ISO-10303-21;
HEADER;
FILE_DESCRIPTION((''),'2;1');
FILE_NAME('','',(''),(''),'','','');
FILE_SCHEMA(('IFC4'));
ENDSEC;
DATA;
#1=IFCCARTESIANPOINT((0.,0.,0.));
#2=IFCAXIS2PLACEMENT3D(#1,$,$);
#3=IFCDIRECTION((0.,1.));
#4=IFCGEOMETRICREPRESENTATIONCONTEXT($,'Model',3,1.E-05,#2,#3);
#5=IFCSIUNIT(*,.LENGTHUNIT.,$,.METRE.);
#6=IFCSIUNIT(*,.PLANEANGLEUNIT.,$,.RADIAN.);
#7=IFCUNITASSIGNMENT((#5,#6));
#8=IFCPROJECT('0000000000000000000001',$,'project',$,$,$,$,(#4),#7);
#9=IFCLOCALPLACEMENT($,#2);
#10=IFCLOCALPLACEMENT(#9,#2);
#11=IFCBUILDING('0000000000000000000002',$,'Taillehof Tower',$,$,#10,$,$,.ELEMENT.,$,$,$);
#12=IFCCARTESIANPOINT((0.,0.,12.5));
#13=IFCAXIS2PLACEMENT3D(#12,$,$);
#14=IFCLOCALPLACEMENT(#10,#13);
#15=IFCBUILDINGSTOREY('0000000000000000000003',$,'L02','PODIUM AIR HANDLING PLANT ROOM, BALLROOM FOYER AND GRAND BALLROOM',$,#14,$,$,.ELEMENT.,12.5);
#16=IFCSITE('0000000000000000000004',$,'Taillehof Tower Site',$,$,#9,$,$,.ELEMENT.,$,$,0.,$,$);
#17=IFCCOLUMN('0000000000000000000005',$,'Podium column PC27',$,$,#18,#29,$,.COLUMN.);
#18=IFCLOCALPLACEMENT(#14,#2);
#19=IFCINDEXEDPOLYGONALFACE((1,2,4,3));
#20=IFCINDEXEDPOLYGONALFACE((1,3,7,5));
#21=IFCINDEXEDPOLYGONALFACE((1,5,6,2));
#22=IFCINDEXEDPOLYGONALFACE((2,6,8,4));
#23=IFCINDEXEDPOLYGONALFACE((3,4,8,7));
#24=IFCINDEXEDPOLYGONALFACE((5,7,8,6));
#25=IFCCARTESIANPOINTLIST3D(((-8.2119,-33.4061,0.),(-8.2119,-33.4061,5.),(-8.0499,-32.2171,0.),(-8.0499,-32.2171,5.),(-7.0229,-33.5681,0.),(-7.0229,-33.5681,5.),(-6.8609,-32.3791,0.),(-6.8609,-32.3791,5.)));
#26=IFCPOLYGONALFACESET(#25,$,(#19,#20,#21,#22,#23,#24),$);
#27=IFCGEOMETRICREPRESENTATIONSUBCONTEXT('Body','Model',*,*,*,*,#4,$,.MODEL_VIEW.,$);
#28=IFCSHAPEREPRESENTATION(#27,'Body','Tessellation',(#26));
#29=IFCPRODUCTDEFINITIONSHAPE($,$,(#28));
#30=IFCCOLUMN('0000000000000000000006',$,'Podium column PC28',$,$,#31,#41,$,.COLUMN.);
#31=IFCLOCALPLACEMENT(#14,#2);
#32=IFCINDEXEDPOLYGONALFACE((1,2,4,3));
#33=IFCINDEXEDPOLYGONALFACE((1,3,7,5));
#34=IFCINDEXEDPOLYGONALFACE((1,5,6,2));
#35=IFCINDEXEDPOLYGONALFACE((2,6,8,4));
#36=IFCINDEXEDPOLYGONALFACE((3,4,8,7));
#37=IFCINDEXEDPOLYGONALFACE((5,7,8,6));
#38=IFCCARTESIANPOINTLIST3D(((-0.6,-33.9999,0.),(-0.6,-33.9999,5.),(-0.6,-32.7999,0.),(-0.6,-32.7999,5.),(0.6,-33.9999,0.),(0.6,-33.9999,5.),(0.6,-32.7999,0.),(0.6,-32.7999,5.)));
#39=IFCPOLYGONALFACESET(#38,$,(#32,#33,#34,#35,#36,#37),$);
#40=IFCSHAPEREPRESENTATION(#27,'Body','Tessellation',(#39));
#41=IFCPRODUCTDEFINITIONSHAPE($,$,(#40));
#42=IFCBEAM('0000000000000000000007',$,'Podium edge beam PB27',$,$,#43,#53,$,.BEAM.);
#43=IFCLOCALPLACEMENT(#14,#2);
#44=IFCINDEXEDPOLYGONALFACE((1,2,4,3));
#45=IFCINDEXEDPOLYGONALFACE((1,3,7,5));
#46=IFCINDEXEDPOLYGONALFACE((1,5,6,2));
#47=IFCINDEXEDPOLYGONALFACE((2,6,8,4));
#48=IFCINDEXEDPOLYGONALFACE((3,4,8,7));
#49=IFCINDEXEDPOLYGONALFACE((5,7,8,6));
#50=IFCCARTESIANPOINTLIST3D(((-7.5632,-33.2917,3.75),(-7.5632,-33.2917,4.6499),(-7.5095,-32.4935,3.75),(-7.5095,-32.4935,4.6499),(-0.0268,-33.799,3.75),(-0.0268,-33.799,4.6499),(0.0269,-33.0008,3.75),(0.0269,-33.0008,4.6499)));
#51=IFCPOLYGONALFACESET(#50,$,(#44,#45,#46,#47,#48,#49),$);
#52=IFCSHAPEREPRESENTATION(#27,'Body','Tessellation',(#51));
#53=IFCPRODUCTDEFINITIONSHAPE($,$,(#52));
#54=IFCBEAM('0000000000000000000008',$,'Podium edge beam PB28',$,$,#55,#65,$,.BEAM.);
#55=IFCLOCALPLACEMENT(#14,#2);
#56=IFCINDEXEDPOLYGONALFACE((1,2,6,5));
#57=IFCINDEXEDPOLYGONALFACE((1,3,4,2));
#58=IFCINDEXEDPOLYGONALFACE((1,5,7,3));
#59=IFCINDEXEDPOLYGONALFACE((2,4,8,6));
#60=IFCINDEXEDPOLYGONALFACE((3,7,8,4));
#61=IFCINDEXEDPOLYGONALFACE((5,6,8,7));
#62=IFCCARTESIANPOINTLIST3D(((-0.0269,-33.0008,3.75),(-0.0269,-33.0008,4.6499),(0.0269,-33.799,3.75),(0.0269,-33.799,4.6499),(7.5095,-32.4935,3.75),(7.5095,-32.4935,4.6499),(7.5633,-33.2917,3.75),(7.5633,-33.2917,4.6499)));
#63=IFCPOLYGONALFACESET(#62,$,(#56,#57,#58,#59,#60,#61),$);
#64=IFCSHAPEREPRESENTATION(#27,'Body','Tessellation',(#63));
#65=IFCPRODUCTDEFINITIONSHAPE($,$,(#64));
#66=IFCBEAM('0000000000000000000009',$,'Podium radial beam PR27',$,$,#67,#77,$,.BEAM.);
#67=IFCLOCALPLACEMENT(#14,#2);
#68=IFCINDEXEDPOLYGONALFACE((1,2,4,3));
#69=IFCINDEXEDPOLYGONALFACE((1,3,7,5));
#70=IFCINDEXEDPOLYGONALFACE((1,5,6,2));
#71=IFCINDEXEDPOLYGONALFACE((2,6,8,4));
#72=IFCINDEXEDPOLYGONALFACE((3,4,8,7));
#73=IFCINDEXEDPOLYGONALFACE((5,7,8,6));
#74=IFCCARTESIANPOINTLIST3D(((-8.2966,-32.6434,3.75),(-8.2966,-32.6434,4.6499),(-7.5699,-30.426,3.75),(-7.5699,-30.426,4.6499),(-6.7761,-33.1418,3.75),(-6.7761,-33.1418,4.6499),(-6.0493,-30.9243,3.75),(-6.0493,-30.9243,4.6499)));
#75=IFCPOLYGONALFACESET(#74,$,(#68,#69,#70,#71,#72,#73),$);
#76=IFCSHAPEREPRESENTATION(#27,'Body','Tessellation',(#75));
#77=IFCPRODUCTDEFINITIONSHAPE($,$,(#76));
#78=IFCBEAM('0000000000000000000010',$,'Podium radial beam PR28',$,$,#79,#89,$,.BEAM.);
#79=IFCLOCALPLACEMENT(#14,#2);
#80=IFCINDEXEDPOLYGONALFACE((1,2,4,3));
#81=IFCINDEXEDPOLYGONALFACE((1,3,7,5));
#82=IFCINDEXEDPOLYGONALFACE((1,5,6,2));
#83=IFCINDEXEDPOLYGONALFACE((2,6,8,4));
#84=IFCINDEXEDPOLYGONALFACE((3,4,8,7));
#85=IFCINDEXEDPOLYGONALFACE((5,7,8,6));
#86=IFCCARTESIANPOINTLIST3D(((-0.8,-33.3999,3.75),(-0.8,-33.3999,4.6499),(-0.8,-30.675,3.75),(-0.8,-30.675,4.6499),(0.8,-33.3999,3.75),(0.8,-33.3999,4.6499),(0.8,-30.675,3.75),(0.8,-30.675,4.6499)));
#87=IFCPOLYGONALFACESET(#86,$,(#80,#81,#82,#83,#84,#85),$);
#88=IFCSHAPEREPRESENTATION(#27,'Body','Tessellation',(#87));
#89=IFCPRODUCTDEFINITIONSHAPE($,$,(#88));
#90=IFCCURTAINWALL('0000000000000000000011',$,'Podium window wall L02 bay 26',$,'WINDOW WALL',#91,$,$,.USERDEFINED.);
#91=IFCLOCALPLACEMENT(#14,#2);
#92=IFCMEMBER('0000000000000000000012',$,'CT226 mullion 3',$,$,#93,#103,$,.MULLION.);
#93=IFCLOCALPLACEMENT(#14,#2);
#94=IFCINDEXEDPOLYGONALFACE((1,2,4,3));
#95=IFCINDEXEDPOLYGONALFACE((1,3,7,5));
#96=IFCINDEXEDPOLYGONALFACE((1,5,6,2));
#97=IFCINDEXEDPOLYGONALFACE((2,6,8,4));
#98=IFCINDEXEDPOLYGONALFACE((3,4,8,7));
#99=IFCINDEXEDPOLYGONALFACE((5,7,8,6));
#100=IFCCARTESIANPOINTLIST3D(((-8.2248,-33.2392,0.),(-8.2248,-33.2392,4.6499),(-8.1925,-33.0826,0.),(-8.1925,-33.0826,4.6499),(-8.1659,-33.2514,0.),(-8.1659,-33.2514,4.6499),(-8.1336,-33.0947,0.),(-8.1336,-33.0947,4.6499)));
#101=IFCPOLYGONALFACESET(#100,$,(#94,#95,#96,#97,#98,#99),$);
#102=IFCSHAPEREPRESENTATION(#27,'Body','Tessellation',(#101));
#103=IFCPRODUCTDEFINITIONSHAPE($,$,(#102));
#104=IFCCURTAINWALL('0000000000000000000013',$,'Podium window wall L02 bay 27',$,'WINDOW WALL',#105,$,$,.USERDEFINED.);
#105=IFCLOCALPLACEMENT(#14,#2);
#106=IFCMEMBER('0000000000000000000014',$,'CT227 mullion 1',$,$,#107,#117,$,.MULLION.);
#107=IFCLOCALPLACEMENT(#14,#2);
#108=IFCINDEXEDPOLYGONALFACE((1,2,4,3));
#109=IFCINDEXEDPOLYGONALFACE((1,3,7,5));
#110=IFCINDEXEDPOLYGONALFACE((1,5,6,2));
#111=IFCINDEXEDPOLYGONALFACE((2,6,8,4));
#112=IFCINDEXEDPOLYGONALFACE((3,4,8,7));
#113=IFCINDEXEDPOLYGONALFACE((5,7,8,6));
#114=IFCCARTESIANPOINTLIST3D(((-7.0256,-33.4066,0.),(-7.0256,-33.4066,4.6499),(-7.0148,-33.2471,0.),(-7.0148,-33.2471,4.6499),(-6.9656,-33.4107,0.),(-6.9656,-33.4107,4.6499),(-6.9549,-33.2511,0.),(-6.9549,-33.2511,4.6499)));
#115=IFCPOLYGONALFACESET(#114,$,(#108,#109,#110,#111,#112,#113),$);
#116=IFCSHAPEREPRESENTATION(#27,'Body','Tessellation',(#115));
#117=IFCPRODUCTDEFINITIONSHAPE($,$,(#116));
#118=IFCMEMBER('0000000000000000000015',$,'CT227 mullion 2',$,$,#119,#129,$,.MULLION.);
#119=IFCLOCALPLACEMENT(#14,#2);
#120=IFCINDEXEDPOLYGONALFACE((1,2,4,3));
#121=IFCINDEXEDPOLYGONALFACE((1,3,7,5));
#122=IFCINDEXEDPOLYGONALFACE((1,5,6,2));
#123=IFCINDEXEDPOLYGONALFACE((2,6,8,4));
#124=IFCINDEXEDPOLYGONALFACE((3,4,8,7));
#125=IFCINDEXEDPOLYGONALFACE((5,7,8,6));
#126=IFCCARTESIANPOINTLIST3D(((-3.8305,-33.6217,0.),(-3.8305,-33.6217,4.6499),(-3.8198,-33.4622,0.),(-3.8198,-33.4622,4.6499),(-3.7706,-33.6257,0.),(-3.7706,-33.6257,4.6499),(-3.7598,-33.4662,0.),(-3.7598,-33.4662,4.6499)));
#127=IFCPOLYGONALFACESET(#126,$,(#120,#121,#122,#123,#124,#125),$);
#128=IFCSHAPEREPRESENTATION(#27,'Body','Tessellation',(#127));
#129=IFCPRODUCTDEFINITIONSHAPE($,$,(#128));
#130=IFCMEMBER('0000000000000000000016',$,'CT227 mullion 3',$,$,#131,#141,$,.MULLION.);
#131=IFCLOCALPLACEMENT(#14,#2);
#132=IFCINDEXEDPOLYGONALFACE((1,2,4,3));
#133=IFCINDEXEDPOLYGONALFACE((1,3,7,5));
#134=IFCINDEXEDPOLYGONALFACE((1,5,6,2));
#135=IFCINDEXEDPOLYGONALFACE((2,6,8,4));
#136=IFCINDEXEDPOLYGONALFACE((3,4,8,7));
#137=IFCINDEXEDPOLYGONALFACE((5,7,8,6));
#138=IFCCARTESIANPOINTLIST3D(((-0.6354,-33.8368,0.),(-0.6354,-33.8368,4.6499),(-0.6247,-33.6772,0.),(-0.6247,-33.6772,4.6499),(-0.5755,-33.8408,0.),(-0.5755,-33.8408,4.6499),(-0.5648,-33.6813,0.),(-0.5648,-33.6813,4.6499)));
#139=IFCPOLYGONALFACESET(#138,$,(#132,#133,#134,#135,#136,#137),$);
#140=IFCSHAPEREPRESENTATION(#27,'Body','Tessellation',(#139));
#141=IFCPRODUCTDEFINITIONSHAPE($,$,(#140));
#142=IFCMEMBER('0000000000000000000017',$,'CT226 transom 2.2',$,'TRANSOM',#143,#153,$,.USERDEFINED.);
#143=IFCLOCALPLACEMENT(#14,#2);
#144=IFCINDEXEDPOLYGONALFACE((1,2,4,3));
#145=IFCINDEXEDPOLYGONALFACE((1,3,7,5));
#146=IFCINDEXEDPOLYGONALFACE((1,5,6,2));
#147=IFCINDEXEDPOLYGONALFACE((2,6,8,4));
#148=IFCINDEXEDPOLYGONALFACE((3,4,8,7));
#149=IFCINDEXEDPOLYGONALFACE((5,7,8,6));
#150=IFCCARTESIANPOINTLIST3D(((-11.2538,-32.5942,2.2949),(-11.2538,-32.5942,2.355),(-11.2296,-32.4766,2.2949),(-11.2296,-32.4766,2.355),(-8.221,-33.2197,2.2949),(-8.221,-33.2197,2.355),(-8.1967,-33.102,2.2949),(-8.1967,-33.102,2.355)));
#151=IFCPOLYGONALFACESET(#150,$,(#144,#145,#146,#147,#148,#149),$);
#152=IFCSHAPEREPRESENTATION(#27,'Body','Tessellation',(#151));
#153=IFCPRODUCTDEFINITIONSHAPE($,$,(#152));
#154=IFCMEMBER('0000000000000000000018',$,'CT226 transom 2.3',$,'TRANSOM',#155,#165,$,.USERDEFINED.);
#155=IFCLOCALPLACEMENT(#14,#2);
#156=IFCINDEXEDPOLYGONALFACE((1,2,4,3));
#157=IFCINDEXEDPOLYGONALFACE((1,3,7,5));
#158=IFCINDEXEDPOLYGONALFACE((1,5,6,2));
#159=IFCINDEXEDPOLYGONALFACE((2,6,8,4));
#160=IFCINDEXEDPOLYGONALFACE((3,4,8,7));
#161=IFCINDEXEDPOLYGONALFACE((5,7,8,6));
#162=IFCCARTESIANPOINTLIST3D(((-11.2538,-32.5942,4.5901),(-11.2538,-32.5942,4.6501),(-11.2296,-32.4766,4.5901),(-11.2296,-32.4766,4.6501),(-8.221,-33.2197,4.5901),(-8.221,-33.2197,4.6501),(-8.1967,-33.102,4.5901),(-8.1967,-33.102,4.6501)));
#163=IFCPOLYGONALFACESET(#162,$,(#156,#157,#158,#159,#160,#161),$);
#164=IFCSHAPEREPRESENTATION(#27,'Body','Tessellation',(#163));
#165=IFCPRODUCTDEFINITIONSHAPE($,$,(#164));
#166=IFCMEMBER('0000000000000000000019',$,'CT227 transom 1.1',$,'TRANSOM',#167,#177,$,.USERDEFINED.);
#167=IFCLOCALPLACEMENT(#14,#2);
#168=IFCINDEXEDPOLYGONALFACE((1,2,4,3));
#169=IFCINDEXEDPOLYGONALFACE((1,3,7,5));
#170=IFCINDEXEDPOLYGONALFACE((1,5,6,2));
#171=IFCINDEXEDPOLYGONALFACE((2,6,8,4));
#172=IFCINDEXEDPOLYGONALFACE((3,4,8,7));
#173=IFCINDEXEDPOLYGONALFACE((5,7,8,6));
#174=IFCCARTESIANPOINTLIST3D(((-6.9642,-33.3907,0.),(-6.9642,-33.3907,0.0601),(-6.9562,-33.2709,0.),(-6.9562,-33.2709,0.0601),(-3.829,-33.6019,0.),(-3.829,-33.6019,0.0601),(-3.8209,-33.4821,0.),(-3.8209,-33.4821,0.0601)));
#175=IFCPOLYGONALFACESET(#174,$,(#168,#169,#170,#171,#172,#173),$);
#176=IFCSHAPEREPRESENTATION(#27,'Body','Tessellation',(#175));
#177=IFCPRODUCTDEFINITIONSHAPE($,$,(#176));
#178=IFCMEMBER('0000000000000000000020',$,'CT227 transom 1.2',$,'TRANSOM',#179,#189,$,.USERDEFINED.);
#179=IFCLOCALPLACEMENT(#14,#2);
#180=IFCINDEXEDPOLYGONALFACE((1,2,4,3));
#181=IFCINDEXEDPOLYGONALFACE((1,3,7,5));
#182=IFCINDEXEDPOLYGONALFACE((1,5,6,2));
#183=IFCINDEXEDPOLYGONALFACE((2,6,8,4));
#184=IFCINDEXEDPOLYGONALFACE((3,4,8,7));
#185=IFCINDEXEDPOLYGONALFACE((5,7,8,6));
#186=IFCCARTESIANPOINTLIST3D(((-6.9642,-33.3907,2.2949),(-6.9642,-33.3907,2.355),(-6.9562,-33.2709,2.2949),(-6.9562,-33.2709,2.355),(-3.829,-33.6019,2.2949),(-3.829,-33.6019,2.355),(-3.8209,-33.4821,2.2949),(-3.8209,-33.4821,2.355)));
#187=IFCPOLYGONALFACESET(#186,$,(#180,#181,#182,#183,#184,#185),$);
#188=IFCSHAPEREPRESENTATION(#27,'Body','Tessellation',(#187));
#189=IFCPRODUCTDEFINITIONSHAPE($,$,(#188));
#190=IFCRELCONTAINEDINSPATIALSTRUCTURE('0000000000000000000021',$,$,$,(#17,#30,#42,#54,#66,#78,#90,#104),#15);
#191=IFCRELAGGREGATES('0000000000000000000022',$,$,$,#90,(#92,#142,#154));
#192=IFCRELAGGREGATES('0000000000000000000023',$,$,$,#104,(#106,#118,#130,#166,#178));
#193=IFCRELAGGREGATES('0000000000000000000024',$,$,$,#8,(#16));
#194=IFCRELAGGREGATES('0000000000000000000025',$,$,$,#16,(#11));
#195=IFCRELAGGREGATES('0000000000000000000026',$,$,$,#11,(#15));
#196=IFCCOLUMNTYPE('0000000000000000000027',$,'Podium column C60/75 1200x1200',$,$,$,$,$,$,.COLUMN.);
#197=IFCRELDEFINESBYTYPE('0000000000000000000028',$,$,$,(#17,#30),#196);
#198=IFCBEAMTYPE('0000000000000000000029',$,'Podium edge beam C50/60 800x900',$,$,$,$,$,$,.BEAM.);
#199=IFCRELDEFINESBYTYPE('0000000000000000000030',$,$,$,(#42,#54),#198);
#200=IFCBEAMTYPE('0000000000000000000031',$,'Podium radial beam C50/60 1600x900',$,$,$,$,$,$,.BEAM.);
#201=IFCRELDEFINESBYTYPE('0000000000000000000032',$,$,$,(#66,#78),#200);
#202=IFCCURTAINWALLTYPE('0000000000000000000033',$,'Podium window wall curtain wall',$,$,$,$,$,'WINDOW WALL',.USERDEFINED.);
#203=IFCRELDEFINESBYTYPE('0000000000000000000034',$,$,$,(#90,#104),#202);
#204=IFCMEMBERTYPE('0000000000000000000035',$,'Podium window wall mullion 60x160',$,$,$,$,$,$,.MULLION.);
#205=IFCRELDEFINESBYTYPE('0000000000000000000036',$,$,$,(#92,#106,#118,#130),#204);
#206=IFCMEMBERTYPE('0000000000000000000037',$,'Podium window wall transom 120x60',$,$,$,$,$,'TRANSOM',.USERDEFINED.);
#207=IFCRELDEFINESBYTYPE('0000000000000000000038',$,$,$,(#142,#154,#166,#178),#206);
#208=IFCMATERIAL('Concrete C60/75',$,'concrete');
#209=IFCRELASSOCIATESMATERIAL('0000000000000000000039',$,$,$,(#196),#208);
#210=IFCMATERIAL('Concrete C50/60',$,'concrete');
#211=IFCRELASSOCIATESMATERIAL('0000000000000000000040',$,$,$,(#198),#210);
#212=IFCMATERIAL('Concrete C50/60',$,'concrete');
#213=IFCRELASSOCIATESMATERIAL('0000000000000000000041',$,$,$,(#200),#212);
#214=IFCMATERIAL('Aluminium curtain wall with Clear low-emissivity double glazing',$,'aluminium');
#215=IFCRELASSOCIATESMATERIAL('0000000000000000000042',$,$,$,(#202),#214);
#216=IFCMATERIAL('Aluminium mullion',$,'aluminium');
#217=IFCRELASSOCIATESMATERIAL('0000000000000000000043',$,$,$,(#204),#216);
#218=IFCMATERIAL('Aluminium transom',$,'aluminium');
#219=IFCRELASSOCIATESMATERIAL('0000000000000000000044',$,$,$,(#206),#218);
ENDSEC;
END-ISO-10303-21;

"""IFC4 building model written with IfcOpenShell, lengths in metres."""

from ifc_helpers import new_model, si_unit, direction, frame, origin, origin_2d, place, context, subcontext, project, spatial, rectangle, extrude, material, material_profile, profile_set, type_object, element, aggregate, save


model = new_model("IFC4")

# Units and contexts
model_context = context("Model", 3, precision=1e-05, world=origin(), true_north=direction((0.0, 1.0)))
body_context = subcontext(model_context, "Body", "Model", "MODEL_VIEW")
ifc_project = project(units=[si_unit("LENGTHUNIT", "METRE"), si_unit("PLANEANGLEUNIT", "RADIAN")], contexts=[model_context])

# Site, building, storey
site_placement = place(None, origin())
site = spatial("IfcSite", under=ifc_project, at=site_placement, Name="Taillehof Tower Site", CompositionType="ELEMENT", RefElevation=0.0)
building_placement = place(site_placement, origin())
building = spatial("IfcBuilding", under=site, at=building_placement, Name="Taillehof Tower", CompositionType="ELEMENT")
storey_placement = place(building_placement, frame((0.0, 0.0, 12.5)))
storey = spatial("IfcBuildingStorey", under=building, at=storey_placement, Name="L02", Description="PODIUM AIR HANDLING PLANT ROOM, BALLROOM FOYER AND GRAND BALLROOM", CompositionType="ELEMENT", Elevation=12.5)

# Columns
ifc_material_1 = material(Name="Concrete C60/75", Category="concrete")
ifc_material_profile_1 = material_profile(ifc_material_1, rectangle(XDim=1.2, YDim=1.2, at=origin_2d()), Name="RC 1200x1200")
ifc_profile_set_1 = profile_set([ifc_material_profile_1], Name="Concrete C60/75")
column_type = type_object("IfcColumnType", Name="Podium column C60/75 1200x1200", PredefinedType="COLUMN", material=ifc_profile_set_1)
for number, where, z_axis, x_axis, name in (
    (1, (-7.5364, -32.8926, 0.0), (0.0, 0.0, 1.0), (-0.135005, -0.990845, 0.0), "Podium column PC27"),
    (2, (0.0, -33.3999, 0.0), (0.0, 0.0, 1.0), (0.0, -1.0, 0.0), "Podium column PC28"),
):
    element("IfcColumn", number, at=place(storey_placement, frame(where, z_axis=z_axis, x_axis=x_axis)), inside=storey, type_object=column_type, Name=name, PredefinedType="COLUMN", context=body_context, shape_type="SweptSolid", body=[
        extrude(rectangle(XDim=1.2, YDim=1.2, at=origin_2d()), origin(), (0.0, 0.0, 1.0), 5.0),
    ])

# Beams
ifc_material_2 = material(Name="Concrete C50/60", Category="concrete")
ifc_material_profile_2 = material_profile(ifc_material_2, rectangle(XDim=0.8, YDim=0.8999, at=origin_2d()), Name="RC 800x900")
ifc_profile_set_2 = profile_set([ifc_material_profile_2], Name="Concrete C50/60")
beam_type_1 = type_object("IfcBeamType", Name="Podium edge beam C50/60 800x900", PredefinedType="BEAM", material=ifc_profile_set_2)
for number, where, z_axis, x_axis, name in (
    (3, (-7.5364, -32.8926, 4.2), (0.997742, -0.067165, 0.0), (0.067165, 0.997742, 0.0), "Podium edge beam PB27"),
    (4, (0.0, -33.3999, 4.2), (0.997742, 0.067165, 0.0), (-0.067165, 0.997742, 0.0), "Podium edge beam PB28"),
):
    element("IfcBeam", number, at=place(storey_placement, frame(where, z_axis=z_axis, x_axis=x_axis)), inside=storey, type_object=beam_type_1, Name=name, PredefinedType="BEAM", context=body_context, shape_type="SweptSolid", body=[
        extrude(rectangle(XDim=0.8, YDim=0.8999, at=origin_2d()), origin(), (0.0, 0.0, 1.0), 7.5535),
    ])
ifc_material_3 = material(Name="Concrete C50/60", Category="concrete")
ifc_material_profile_3 = material_profile(ifc_material_3, rectangle(XDim=1.6001, YDim=0.8999, at=origin_2d()), Name="RC 1600x900")
ifc_profile_set_3 = profile_set([ifc_material_profile_3], Name="Concrete C50/60")
beam_type_2 = type_object("IfcBeamType", Name="Podium radial beam C50/60 1600x900", PredefinedType="BEAM", material=ifc_profile_set_3)
beam_1_placement = place(storey_placement, frame((-7.5364, -32.8926, 4.2), z_axis=(0.311453, 0.950262, 0.0), x_axis=(-0.950262, 0.311453, 0.0)))
element("IfcBeam", 5, at=beam_1_placement, inside=storey, type_object=beam_type_2, Name="Podium radial beam PR27", PredefinedType="BEAM", context=body_context, shape_type="SweptSolid", body=[
    extrude(rectangle(XDim=1.6001, YDim=0.8999, at=origin_2d()), origin(), (0.0, 0.0, 1.0), 2.3335),
])
beam_2_placement = place(storey_placement, frame((0.0, -33.3999, 4.2), z_axis=(0.0, 1.0, 0.0), x_axis=(-1.0, 0.0, 0.0)))
element("IfcBeam", 6, at=beam_2_placement, inside=storey, type_object=beam_type_2, Name="Podium radial beam PR28", PredefinedType="BEAM", context=body_context, shape_type="SweptSolid", body=[
    extrude(rectangle(XDim=1.6001, YDim=0.8999, at=origin_2d()), origin(), (0.0, 0.0, 1.0), 2.7249),
])

# Curtain wall, member
ifc_material_4 = material(Name="Aluminium curtain wall with Clear low-emissivity double glazing", Category="aluminium")
curtain_wall_type = type_object("IfcCurtainWallType", Name="Podium window wall curtain wall", ElementType="WINDOW WALL", PredefinedType="USERDEFINED", material=ifc_material_4)
curtain_wall_1_placement = place(storey_placement, origin())
curtain_wall_1 = element("IfcCurtainWall", 7, at=curtain_wall_1_placement, inside=storey, type_object=curtain_wall_type, Name="Podium window wall L02 bay 26", ObjectType="WINDOW WALL", PredefinedType="USERDEFINED")
ifc_material_5 = material(Name="Aluminium mullion", Category="aluminium")
ifc_material_profile_4 = material_profile(ifc_material_5, rectangle(XDim=0.1599, YDim=0.0601, at=origin_2d()), Name="AL 60x160")
ifc_profile_set_4 = profile_set([ifc_material_profile_4], Name="Aluminium mullion")
member_type_1 = type_object("IfcMemberType", Name="Podium window wall mullion 60x160", PredefinedType="MULLION", material=ifc_profile_set_4)
member_1_placement = place(storey_placement, frame((-8.1792, -33.167, 0.0), z_axis=(0.0, 0.0, 1.0), x_axis=(0.201976, 0.97939, 0.0)))
member_1 = element("IfcMember", 8, at=member_1_placement, type_object=member_type_1, Name="CT226 mullion 3", PredefinedType="MULLION", context=body_context, shape_type="SweptSolid", body=[
    extrude(rectangle(XDim=0.1599, YDim=0.0601, at=origin_2d()), origin(), (0.0, 0.0, 1.0), 4.6499),
])

# Curtain wall, members
curtain_wall_2_placement = place(storey_placement, origin())
curtain_wall_2 = element("IfcCurtainWall", 9, at=curtain_wall_2_placement, inside=storey, type_object=curtain_wall_type, Name="Podium window wall L02 bay 27", ObjectType="WINDOW WALL", PredefinedType="USERDEFINED")
member_2_placement = place(storey_placement, frame((-6.9902, -33.3289, 0.0), z_axis=(0.0, 0.0, 1.0), x_axis=(0.067183, 0.997741, 0.0)))
member_2 = element("IfcMember", 10, at=member_2_placement, type_object=member_type_1, Name="CT227 mullion 1", PredefinedType="MULLION", context=body_context, shape_type="SweptSolid", body=[
    extrude(rectangle(XDim=0.1599, YDim=0.0601, at=origin_2d()), origin(), (0.0, 0.0, 1.0), 4.6499),
])
member_3_placement = place(storey_placement, frame((-3.7952, -33.5439, 0.0), z_axis=(0.0, 0.0, 1.0), x_axis=(0.067183, 0.997741, 0.0)))
member_3 = element("IfcMember", 11, at=member_3_placement, type_object=member_type_1, Name="CT227 mullion 2", PredefinedType="MULLION", context=body_context, shape_type="SweptSolid", body=[
    extrude(rectangle(XDim=0.1599, YDim=0.0601, at=origin_2d()), origin(), (0.0, 0.0, 1.0), 4.6499),
])
member_4_placement = place(storey_placement, frame((-0.6001, -33.759, 0.0), z_axis=(0.0, 0.0, 1.0), x_axis=(0.067183, 0.997741, 0.0)))
member_4 = element("IfcMember", 12, at=member_4_placement, type_object=member_type_1, Name="CT227 mullion 3", PredefinedType="MULLION", context=body_context, shape_type="SweptSolid", body=[
    extrude(rectangle(XDim=0.1599, YDim=0.0601, at=origin_2d()), origin(), (0.0, 0.0, 1.0), 4.6499),
])

# Members
ifc_material_6 = material(Name="Aluminium transom", Category="aluminium")
ifc_material_profile_5 = material_profile(ifc_material_6, rectangle(XDim=0.1201, YDim=0.0601, at=origin_2d()), Name="AL 120x60")
ifc_profile_set_5 = profile_set([ifc_material_profile_5], Name="Aluminium transom")
member_type_2 = type_object("IfcMemberType", Name="Podium window wall transom 120x60", ElementType="TRANSOM", PredefinedType="USERDEFINED", material=ifc_profile_set_5)
member_5_placement = place(storey_placement, frame((-11.2417, -32.5354, 2.325), z_axis=(0.97939, -0.20198, 0.0), x_axis=(0.20198, 0.97939, 0.0)))
member_5 = element("IfcMember", 13, at=member_5_placement, type_object=member_type_2, Name="CT226 transom 2.2", ObjectType="TRANSOM", PredefinedType="USERDEFINED", context=body_context, shape_type="SweptSolid", body=[
    extrude(rectangle(XDim=0.1201, YDim=0.0601, at=origin_2d()), origin(), (0.0, 0.0, 1.0), 3.0967),
])
member_6_placement = place(storey_placement, frame((-11.2417, -32.5354, 4.6201), z_axis=(0.97939, -0.20198, 0.0), x_axis=(0.20198, 0.97939, 0.0)))
member_6 = element("IfcMember", 14, at=member_6_placement, type_object=member_type_2, Name="CT226 transom 2.3", ObjectType="TRANSOM", PredefinedType="USERDEFINED", context=body_context, shape_type="SweptSolid", body=[
    extrude(rectangle(XDim=0.1201, YDim=0.0601, at=origin_2d()), origin(), (0.0, 0.0, 1.0), 3.0967),
])
member_7_placement = place(storey_placement, frame((-6.9602, -33.3308, 0.03), z_axis=(0.997739, -0.067205, 0.0), x_axis=(0.067205, 0.997739, 0.0)))
member_7 = element("IfcMember", 15, at=member_7_placement, type_object=member_type_2, Name="CT227 transom 1.1", ObjectType="TRANSOM", PredefinedType="USERDEFINED", context=body_context, shape_type="SweptSolid", body=[
    extrude(rectangle(XDim=0.1201, YDim=0.0601, at=origin_2d()), origin(), (0.0, 0.0, 1.0), 3.1423),
])
member_8_placement = place(storey_placement, frame((-6.9602, -33.3308, 2.325), z_axis=(0.997739, -0.067205, 0.0), x_axis=(0.067205, 0.997739, 0.0)))
member_8 = element("IfcMember", 16, at=member_8_placement, type_object=member_type_2, Name="CT227 transom 1.2", ObjectType="TRANSOM", PredefinedType="USERDEFINED", context=body_context, shape_type="SweptSolid", body=[
    extrude(rectangle(XDim=0.1201, YDim=0.0601, at=origin_2d()), origin(), (0.0, 0.0, 1.0), 3.1423),
])

aggregate(curtain_wall_1, [member_1, member_5, member_6])
aggregate(curtain_wall_2, [member_2, member_3, member_4, member_7, member_8])

save(model, "model.ifc")
